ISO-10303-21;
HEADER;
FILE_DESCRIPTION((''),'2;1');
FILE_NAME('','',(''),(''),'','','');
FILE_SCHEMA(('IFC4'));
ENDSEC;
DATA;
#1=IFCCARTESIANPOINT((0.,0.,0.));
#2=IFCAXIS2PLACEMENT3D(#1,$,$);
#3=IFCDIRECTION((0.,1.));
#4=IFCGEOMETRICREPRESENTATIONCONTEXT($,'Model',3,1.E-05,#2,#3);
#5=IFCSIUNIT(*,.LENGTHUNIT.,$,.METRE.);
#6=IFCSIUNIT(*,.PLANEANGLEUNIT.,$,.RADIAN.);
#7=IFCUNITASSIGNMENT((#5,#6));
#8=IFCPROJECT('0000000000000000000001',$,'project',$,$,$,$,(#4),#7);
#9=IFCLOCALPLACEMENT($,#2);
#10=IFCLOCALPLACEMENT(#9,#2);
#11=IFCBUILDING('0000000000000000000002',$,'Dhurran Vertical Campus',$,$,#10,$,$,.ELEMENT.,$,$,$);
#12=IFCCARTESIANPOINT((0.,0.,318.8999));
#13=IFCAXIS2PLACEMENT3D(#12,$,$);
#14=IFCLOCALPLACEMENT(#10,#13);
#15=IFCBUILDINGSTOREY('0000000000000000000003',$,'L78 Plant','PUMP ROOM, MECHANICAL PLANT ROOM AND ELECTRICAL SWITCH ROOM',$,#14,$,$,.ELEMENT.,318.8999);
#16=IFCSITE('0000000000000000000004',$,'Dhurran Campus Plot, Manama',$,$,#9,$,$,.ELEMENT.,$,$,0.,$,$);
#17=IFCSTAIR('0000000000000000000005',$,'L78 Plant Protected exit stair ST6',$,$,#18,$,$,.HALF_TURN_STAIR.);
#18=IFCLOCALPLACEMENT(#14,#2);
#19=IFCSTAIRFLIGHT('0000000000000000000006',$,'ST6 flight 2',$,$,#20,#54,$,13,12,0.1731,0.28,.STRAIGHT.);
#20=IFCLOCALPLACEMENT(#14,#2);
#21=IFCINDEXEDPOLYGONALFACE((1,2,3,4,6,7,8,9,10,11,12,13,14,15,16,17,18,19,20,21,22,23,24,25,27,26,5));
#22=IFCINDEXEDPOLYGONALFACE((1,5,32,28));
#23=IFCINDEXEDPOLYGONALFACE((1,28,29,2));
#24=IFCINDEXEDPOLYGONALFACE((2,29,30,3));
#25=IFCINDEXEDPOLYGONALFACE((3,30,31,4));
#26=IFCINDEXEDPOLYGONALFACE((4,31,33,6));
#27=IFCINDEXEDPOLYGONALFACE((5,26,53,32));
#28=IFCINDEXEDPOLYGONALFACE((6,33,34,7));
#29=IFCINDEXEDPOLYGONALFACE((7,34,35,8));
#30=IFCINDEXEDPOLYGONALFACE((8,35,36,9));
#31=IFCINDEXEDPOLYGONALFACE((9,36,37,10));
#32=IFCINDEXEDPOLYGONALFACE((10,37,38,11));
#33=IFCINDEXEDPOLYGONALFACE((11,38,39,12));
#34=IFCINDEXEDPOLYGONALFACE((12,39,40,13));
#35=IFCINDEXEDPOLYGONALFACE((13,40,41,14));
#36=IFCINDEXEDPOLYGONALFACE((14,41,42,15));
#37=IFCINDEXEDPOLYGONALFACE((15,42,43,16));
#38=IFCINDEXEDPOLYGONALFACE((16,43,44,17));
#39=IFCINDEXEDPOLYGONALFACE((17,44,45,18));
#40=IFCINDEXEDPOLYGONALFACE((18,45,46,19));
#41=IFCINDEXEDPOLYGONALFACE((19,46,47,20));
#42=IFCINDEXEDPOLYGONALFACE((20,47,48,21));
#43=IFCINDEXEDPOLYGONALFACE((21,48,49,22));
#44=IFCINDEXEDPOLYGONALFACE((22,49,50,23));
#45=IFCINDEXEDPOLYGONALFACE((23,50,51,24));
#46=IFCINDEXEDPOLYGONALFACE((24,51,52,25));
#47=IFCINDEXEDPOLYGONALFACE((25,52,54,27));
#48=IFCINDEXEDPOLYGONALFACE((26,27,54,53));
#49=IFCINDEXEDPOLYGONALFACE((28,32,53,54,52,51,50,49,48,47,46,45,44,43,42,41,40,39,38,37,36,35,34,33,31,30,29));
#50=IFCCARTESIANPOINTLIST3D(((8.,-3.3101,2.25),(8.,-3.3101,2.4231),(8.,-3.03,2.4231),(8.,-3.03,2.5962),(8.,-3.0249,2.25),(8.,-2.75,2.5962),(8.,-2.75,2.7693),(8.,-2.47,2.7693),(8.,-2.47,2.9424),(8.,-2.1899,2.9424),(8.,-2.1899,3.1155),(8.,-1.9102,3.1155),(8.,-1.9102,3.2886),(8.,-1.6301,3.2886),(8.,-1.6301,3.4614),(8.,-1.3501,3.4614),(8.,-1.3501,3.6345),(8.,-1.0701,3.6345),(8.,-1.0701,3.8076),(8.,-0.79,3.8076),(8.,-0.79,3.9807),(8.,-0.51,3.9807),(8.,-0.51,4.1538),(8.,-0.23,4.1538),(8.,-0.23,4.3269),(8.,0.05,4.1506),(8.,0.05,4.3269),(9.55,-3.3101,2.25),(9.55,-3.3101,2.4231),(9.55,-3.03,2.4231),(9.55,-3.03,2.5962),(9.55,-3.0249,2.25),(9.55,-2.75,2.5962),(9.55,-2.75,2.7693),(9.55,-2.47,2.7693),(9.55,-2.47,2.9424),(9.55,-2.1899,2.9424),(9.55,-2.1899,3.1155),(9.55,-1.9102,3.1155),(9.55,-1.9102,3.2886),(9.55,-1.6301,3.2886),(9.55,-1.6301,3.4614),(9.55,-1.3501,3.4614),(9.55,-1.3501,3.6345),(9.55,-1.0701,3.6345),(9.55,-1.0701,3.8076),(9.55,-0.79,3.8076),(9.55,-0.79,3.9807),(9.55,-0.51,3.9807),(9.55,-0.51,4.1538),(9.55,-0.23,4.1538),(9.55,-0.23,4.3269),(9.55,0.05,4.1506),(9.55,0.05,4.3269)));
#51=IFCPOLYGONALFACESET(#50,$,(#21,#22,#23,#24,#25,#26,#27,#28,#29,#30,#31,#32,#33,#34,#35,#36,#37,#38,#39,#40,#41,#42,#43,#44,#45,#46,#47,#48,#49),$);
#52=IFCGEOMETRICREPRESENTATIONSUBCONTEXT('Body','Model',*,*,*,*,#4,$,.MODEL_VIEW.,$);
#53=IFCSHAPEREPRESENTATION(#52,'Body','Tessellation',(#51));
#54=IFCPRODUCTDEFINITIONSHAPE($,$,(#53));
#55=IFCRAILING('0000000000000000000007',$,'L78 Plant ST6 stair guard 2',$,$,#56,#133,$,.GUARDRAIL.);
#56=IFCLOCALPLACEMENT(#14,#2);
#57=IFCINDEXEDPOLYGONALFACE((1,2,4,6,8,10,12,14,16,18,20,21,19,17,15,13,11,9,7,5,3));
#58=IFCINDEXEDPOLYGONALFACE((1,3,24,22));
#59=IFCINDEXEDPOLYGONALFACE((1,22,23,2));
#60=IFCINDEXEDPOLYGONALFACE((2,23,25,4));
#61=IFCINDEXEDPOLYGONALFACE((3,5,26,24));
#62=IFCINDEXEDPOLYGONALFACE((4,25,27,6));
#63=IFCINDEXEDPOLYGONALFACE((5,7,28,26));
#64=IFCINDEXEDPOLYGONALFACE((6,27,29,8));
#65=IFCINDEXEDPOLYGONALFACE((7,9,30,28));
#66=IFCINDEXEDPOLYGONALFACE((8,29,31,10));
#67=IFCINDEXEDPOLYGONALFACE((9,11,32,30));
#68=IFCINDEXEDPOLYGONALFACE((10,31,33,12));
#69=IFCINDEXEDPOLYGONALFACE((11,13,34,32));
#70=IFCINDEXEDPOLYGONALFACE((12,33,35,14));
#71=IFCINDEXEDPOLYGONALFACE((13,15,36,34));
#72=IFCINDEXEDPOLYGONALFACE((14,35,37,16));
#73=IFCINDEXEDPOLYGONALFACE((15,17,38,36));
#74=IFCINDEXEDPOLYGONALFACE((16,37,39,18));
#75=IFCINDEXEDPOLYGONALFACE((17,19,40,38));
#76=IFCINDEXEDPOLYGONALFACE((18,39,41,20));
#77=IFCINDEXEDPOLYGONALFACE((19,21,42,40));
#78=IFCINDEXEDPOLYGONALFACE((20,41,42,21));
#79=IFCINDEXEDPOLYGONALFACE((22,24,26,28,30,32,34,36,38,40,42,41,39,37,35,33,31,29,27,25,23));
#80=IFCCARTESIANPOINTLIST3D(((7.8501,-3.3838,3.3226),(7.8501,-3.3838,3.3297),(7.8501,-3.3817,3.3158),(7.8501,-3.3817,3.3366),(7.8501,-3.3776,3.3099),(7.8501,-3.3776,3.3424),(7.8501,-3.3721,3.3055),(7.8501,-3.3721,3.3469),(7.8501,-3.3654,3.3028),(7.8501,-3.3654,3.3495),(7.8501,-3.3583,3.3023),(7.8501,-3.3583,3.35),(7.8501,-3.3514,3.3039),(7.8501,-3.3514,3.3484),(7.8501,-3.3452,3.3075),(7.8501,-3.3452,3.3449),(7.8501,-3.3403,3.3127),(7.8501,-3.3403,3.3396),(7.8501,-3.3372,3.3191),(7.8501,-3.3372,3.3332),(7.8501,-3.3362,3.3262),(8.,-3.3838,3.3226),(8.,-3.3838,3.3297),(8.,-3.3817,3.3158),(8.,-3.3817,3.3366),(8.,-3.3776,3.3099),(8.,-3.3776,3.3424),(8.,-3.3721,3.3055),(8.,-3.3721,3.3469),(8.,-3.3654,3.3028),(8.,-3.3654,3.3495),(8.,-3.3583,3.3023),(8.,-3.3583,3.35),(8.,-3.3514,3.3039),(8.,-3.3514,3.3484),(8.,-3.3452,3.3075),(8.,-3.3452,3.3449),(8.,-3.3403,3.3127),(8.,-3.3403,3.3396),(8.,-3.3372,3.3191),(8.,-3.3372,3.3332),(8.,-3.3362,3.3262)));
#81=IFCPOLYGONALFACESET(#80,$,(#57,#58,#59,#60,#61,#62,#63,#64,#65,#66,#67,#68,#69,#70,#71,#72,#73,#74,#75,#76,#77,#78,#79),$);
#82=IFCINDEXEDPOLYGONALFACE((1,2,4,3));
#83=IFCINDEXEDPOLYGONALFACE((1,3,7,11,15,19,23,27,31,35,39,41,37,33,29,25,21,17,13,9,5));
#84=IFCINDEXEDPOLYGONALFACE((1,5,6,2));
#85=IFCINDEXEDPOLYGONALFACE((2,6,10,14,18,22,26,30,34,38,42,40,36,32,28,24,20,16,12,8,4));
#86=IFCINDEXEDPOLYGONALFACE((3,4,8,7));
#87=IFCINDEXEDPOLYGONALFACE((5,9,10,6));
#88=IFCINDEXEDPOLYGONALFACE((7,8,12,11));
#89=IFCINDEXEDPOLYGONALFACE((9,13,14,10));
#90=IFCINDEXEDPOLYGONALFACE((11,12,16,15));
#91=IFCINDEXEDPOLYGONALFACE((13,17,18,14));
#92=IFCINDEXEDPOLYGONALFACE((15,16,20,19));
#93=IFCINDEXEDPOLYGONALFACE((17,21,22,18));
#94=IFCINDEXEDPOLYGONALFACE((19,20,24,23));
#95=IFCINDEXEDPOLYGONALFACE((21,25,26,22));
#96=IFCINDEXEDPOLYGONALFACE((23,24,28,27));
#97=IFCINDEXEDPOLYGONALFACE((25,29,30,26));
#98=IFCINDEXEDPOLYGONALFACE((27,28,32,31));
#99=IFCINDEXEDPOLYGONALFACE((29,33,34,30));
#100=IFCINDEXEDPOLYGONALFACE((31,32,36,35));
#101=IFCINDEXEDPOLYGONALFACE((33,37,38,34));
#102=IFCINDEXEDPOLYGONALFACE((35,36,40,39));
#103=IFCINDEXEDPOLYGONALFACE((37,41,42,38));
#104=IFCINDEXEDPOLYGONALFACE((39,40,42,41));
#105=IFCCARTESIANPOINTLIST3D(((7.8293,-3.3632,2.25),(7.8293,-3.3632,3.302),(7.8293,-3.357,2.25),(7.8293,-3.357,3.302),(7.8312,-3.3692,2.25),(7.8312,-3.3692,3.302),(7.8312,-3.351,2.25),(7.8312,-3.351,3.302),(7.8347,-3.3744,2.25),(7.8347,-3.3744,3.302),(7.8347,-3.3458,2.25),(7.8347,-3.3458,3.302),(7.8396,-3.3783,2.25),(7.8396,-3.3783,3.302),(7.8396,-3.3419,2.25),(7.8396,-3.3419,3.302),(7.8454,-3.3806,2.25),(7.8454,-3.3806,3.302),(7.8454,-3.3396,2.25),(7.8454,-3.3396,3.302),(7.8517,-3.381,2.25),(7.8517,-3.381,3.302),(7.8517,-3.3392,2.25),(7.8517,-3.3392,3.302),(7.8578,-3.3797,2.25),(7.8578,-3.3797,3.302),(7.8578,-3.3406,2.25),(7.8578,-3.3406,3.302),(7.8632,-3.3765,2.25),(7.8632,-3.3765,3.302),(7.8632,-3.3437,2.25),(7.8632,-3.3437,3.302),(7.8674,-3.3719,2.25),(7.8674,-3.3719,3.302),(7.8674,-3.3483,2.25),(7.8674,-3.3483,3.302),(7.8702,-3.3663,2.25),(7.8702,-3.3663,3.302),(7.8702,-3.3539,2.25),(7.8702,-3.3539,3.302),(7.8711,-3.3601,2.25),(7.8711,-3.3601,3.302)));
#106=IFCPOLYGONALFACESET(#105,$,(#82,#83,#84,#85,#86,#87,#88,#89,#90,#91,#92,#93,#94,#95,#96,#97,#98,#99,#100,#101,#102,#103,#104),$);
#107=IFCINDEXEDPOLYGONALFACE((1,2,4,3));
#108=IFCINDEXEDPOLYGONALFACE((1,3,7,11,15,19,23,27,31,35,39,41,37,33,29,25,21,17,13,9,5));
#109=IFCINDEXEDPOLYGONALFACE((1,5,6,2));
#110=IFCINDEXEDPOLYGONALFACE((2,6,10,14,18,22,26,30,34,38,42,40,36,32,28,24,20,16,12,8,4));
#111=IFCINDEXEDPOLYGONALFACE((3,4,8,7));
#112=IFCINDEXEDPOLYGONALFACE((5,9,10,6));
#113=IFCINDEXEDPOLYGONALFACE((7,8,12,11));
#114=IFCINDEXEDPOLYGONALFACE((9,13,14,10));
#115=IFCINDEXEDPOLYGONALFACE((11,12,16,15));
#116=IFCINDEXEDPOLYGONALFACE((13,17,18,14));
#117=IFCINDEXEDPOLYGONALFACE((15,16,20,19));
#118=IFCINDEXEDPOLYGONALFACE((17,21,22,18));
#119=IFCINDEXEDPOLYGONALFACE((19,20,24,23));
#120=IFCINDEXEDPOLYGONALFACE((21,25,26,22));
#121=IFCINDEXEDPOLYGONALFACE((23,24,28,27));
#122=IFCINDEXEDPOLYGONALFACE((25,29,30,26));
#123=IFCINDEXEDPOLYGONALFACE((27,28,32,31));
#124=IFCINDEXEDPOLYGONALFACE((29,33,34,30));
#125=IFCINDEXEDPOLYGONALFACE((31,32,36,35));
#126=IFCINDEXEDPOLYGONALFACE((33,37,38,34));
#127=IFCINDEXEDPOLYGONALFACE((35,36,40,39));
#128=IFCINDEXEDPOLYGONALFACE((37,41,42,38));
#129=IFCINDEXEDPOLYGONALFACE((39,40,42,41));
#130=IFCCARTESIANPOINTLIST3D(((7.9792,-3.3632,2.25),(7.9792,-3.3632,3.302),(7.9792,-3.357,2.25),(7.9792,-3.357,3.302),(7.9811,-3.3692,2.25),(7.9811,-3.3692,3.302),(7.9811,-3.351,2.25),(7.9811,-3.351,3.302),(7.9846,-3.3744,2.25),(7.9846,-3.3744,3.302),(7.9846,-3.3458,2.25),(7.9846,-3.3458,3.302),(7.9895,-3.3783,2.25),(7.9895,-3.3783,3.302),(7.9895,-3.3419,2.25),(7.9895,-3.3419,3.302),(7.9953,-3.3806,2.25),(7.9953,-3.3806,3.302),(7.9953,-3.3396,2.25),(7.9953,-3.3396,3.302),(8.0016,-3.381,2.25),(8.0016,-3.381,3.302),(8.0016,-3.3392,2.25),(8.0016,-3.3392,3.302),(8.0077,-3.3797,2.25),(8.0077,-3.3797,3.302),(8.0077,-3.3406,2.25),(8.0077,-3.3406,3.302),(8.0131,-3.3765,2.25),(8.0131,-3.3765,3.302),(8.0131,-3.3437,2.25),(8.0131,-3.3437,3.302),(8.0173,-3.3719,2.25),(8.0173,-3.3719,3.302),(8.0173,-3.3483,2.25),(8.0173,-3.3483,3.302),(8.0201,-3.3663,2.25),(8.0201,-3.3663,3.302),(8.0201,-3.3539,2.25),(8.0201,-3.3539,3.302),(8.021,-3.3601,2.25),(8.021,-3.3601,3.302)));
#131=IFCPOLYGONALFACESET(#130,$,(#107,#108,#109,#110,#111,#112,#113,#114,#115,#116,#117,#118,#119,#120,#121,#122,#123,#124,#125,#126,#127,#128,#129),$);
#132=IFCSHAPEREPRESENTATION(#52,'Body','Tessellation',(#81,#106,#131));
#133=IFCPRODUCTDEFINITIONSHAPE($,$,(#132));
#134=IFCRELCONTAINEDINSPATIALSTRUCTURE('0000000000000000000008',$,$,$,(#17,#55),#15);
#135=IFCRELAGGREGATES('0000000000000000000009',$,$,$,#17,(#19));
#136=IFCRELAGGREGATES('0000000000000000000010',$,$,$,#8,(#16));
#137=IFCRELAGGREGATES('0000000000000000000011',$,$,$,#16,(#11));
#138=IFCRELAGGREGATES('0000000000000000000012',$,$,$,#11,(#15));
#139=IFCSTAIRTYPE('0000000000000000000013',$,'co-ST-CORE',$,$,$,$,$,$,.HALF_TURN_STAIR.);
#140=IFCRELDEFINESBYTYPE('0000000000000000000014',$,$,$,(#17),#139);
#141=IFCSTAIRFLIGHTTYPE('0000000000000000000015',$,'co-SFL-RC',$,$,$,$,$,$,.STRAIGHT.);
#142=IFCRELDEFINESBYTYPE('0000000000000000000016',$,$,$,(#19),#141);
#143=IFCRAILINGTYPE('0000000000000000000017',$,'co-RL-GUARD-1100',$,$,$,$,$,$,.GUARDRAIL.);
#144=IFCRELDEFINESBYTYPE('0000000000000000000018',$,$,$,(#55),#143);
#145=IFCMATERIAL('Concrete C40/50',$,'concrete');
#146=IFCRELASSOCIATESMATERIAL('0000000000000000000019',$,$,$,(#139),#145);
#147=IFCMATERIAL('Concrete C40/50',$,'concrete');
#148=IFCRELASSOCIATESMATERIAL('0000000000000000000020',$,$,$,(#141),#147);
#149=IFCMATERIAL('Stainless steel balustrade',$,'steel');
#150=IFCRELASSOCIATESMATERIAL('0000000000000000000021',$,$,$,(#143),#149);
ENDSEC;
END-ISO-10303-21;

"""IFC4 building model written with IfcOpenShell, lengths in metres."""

from ifc_helpers import new_model, si_unit, direction, frame, origin, origin_2d, place, context, subcontext, project, spatial, polyline, circle, outline, extrude, material, type_object, element, aggregate, save


model = new_model("IFC4")

# Units and contexts
model_context = context("Model", 3, precision=1e-05, world=origin(), true_north=direction((0.0, 1.0)))
body_context = subcontext(model_context, "Body", "Model", "MODEL_VIEW")
ifc_project = project(units=[si_unit("LENGTHUNIT", "METRE"), si_unit("PLANEANGLEUNIT", "RADIAN")], contexts=[model_context])

# Site, building, storey
site_placement = place(None, origin())
site = spatial("IfcSite", under=ifc_project, at=site_placement, Name="Dhurran Campus Plot, Manama", CompositionType="ELEMENT", RefElevation=0.0)
building_placement = place(site_placement, origin())
building = spatial("IfcBuilding", under=site, at=building_placement, Name="Dhurran Vertical Campus", CompositionType="ELEMENT")
storey_placement = place(building_placement, frame((0.0, 0.0, 318.8999)))
storey = spatial("IfcBuildingStorey", under=building, at=storey_placement, Name="L78 Plant", Description="PUMP ROOM, MECHANICAL PLANT ROOM AND ELECTRICAL SWITCH ROOM", CompositionType="ELEMENT", Elevation=318.8999)

# Stair, stair flight
ifc_material_1 = material(Name="Concrete C40/50", Category="concrete")
stair_type = type_object("IfcStairType", Name="co-ST-CORE", PredefinedType="HALF_TURN_STAIR", material=ifc_material_1)
stair_placement = place(storey_placement, origin())
stair = element("IfcStair", 1, at=stair_placement, inside=storey, type_object=stair_type, Name="L78 Plant Protected exit stair ST6", PredefinedType="HALF_TURN_STAIR")
ifc_material_2 = material(Name="Concrete C40/50", Category="concrete")
stair_flight_type = type_object("IfcStairFlightType", Name="co-SFL-RC", PredefinedType="STRAIGHT", material=ifc_material_2)
stair_flight_placement = place(storey_placement, frame((8.7749, -3.3101, 2.25), z_axis=(0.0, 0.0, 1.0), x_axis=(0.0, 1.0, 0.0)))
stair_flight = element("IfcStairFlight", 2, at=stair_flight_placement, type_object=stair_flight_type, Name="ST6 flight 2", NumberOfRisers=13, NumberOfTreads=12, PredefinedType="STRAIGHT", RiserHeight=0.1731, TreadLength=0.28, context=body_context, shape_type="SweptSolid", body=[
    extrude(outline(polyline([(0.0, 0.0), (0.0, 0.1731), (0.28, 0.1731), (0.28, 0.3462), (0.5601, 0.3462), (0.5601, 0.5193), (0.8401, 0.5193), (0.8401, 0.6924), (1.1201, 0.6924), (1.1201, 0.8655), (1.3999, 0.8655), (1.3999, 1.0386), (1.6799, 1.0386), (1.6799, 1.2114), (1.96, 1.2114), (1.96, 1.3845), (2.24, 1.3845), (2.24, 1.5576), (2.52, 1.5576), (2.52, 1.7307), (2.8, 1.7307), (2.8, 1.9038), (3.0801, 1.9038), (3.0801, 2.0769), (3.3601, 2.0769), (3.3601, 2.25), (3.3601, 1.9006), (0.2852, 0.0), (0.0, 0.0)])), frame((0.0, 0.7749, 0.0), z_axis=(0.0, -1.0, 0.0), x_axis=(1.0, 0.0, 0.0)), (0.0, 0.0, 1.0), 1.55),
])
aggregate(stair, [stair_flight])

# Railing
ifc_material_3 = material(Name="Stainless steel balustrade", Category="steel")
railing_type = type_object("IfcRailingType", Name="co-RL-GUARD-1100", PredefinedType="GUARDRAIL", material=ifc_material_3)
railing_1_placement = place(storey_placement, frame((7.8501, -3.3601, 2.25)))
element("IfcRailing", 3, at=railing_1_placement, inside=storey, type_object=railing_type, Name="L78 Plant ST6 stair guard 2", PredefinedType="GUARDRAIL", context=body_context, shape_type="SweptSolid", body=[
    extrude(circle(Radius=0.0239, at=origin_2d()), frame((0.0, 0.0, 1.0762), z_axis=(1.0, 0.0, 0.0), x_axis=(0.0, 1.0, 0.0)), (0.0, 0.0, 1.0), 0.1499),
    extrude(circle(Radius=0.021, at=origin_2d()), origin(), (0.0, 0.0, 1.0), 1.052),
    extrude(circle(Radius=0.021, at=origin_2d()), frame((0.1499, 0.0, 0.0)), (0.0, 0.0, 1.0), 1.052),
])

save(model, "model.ifc")
